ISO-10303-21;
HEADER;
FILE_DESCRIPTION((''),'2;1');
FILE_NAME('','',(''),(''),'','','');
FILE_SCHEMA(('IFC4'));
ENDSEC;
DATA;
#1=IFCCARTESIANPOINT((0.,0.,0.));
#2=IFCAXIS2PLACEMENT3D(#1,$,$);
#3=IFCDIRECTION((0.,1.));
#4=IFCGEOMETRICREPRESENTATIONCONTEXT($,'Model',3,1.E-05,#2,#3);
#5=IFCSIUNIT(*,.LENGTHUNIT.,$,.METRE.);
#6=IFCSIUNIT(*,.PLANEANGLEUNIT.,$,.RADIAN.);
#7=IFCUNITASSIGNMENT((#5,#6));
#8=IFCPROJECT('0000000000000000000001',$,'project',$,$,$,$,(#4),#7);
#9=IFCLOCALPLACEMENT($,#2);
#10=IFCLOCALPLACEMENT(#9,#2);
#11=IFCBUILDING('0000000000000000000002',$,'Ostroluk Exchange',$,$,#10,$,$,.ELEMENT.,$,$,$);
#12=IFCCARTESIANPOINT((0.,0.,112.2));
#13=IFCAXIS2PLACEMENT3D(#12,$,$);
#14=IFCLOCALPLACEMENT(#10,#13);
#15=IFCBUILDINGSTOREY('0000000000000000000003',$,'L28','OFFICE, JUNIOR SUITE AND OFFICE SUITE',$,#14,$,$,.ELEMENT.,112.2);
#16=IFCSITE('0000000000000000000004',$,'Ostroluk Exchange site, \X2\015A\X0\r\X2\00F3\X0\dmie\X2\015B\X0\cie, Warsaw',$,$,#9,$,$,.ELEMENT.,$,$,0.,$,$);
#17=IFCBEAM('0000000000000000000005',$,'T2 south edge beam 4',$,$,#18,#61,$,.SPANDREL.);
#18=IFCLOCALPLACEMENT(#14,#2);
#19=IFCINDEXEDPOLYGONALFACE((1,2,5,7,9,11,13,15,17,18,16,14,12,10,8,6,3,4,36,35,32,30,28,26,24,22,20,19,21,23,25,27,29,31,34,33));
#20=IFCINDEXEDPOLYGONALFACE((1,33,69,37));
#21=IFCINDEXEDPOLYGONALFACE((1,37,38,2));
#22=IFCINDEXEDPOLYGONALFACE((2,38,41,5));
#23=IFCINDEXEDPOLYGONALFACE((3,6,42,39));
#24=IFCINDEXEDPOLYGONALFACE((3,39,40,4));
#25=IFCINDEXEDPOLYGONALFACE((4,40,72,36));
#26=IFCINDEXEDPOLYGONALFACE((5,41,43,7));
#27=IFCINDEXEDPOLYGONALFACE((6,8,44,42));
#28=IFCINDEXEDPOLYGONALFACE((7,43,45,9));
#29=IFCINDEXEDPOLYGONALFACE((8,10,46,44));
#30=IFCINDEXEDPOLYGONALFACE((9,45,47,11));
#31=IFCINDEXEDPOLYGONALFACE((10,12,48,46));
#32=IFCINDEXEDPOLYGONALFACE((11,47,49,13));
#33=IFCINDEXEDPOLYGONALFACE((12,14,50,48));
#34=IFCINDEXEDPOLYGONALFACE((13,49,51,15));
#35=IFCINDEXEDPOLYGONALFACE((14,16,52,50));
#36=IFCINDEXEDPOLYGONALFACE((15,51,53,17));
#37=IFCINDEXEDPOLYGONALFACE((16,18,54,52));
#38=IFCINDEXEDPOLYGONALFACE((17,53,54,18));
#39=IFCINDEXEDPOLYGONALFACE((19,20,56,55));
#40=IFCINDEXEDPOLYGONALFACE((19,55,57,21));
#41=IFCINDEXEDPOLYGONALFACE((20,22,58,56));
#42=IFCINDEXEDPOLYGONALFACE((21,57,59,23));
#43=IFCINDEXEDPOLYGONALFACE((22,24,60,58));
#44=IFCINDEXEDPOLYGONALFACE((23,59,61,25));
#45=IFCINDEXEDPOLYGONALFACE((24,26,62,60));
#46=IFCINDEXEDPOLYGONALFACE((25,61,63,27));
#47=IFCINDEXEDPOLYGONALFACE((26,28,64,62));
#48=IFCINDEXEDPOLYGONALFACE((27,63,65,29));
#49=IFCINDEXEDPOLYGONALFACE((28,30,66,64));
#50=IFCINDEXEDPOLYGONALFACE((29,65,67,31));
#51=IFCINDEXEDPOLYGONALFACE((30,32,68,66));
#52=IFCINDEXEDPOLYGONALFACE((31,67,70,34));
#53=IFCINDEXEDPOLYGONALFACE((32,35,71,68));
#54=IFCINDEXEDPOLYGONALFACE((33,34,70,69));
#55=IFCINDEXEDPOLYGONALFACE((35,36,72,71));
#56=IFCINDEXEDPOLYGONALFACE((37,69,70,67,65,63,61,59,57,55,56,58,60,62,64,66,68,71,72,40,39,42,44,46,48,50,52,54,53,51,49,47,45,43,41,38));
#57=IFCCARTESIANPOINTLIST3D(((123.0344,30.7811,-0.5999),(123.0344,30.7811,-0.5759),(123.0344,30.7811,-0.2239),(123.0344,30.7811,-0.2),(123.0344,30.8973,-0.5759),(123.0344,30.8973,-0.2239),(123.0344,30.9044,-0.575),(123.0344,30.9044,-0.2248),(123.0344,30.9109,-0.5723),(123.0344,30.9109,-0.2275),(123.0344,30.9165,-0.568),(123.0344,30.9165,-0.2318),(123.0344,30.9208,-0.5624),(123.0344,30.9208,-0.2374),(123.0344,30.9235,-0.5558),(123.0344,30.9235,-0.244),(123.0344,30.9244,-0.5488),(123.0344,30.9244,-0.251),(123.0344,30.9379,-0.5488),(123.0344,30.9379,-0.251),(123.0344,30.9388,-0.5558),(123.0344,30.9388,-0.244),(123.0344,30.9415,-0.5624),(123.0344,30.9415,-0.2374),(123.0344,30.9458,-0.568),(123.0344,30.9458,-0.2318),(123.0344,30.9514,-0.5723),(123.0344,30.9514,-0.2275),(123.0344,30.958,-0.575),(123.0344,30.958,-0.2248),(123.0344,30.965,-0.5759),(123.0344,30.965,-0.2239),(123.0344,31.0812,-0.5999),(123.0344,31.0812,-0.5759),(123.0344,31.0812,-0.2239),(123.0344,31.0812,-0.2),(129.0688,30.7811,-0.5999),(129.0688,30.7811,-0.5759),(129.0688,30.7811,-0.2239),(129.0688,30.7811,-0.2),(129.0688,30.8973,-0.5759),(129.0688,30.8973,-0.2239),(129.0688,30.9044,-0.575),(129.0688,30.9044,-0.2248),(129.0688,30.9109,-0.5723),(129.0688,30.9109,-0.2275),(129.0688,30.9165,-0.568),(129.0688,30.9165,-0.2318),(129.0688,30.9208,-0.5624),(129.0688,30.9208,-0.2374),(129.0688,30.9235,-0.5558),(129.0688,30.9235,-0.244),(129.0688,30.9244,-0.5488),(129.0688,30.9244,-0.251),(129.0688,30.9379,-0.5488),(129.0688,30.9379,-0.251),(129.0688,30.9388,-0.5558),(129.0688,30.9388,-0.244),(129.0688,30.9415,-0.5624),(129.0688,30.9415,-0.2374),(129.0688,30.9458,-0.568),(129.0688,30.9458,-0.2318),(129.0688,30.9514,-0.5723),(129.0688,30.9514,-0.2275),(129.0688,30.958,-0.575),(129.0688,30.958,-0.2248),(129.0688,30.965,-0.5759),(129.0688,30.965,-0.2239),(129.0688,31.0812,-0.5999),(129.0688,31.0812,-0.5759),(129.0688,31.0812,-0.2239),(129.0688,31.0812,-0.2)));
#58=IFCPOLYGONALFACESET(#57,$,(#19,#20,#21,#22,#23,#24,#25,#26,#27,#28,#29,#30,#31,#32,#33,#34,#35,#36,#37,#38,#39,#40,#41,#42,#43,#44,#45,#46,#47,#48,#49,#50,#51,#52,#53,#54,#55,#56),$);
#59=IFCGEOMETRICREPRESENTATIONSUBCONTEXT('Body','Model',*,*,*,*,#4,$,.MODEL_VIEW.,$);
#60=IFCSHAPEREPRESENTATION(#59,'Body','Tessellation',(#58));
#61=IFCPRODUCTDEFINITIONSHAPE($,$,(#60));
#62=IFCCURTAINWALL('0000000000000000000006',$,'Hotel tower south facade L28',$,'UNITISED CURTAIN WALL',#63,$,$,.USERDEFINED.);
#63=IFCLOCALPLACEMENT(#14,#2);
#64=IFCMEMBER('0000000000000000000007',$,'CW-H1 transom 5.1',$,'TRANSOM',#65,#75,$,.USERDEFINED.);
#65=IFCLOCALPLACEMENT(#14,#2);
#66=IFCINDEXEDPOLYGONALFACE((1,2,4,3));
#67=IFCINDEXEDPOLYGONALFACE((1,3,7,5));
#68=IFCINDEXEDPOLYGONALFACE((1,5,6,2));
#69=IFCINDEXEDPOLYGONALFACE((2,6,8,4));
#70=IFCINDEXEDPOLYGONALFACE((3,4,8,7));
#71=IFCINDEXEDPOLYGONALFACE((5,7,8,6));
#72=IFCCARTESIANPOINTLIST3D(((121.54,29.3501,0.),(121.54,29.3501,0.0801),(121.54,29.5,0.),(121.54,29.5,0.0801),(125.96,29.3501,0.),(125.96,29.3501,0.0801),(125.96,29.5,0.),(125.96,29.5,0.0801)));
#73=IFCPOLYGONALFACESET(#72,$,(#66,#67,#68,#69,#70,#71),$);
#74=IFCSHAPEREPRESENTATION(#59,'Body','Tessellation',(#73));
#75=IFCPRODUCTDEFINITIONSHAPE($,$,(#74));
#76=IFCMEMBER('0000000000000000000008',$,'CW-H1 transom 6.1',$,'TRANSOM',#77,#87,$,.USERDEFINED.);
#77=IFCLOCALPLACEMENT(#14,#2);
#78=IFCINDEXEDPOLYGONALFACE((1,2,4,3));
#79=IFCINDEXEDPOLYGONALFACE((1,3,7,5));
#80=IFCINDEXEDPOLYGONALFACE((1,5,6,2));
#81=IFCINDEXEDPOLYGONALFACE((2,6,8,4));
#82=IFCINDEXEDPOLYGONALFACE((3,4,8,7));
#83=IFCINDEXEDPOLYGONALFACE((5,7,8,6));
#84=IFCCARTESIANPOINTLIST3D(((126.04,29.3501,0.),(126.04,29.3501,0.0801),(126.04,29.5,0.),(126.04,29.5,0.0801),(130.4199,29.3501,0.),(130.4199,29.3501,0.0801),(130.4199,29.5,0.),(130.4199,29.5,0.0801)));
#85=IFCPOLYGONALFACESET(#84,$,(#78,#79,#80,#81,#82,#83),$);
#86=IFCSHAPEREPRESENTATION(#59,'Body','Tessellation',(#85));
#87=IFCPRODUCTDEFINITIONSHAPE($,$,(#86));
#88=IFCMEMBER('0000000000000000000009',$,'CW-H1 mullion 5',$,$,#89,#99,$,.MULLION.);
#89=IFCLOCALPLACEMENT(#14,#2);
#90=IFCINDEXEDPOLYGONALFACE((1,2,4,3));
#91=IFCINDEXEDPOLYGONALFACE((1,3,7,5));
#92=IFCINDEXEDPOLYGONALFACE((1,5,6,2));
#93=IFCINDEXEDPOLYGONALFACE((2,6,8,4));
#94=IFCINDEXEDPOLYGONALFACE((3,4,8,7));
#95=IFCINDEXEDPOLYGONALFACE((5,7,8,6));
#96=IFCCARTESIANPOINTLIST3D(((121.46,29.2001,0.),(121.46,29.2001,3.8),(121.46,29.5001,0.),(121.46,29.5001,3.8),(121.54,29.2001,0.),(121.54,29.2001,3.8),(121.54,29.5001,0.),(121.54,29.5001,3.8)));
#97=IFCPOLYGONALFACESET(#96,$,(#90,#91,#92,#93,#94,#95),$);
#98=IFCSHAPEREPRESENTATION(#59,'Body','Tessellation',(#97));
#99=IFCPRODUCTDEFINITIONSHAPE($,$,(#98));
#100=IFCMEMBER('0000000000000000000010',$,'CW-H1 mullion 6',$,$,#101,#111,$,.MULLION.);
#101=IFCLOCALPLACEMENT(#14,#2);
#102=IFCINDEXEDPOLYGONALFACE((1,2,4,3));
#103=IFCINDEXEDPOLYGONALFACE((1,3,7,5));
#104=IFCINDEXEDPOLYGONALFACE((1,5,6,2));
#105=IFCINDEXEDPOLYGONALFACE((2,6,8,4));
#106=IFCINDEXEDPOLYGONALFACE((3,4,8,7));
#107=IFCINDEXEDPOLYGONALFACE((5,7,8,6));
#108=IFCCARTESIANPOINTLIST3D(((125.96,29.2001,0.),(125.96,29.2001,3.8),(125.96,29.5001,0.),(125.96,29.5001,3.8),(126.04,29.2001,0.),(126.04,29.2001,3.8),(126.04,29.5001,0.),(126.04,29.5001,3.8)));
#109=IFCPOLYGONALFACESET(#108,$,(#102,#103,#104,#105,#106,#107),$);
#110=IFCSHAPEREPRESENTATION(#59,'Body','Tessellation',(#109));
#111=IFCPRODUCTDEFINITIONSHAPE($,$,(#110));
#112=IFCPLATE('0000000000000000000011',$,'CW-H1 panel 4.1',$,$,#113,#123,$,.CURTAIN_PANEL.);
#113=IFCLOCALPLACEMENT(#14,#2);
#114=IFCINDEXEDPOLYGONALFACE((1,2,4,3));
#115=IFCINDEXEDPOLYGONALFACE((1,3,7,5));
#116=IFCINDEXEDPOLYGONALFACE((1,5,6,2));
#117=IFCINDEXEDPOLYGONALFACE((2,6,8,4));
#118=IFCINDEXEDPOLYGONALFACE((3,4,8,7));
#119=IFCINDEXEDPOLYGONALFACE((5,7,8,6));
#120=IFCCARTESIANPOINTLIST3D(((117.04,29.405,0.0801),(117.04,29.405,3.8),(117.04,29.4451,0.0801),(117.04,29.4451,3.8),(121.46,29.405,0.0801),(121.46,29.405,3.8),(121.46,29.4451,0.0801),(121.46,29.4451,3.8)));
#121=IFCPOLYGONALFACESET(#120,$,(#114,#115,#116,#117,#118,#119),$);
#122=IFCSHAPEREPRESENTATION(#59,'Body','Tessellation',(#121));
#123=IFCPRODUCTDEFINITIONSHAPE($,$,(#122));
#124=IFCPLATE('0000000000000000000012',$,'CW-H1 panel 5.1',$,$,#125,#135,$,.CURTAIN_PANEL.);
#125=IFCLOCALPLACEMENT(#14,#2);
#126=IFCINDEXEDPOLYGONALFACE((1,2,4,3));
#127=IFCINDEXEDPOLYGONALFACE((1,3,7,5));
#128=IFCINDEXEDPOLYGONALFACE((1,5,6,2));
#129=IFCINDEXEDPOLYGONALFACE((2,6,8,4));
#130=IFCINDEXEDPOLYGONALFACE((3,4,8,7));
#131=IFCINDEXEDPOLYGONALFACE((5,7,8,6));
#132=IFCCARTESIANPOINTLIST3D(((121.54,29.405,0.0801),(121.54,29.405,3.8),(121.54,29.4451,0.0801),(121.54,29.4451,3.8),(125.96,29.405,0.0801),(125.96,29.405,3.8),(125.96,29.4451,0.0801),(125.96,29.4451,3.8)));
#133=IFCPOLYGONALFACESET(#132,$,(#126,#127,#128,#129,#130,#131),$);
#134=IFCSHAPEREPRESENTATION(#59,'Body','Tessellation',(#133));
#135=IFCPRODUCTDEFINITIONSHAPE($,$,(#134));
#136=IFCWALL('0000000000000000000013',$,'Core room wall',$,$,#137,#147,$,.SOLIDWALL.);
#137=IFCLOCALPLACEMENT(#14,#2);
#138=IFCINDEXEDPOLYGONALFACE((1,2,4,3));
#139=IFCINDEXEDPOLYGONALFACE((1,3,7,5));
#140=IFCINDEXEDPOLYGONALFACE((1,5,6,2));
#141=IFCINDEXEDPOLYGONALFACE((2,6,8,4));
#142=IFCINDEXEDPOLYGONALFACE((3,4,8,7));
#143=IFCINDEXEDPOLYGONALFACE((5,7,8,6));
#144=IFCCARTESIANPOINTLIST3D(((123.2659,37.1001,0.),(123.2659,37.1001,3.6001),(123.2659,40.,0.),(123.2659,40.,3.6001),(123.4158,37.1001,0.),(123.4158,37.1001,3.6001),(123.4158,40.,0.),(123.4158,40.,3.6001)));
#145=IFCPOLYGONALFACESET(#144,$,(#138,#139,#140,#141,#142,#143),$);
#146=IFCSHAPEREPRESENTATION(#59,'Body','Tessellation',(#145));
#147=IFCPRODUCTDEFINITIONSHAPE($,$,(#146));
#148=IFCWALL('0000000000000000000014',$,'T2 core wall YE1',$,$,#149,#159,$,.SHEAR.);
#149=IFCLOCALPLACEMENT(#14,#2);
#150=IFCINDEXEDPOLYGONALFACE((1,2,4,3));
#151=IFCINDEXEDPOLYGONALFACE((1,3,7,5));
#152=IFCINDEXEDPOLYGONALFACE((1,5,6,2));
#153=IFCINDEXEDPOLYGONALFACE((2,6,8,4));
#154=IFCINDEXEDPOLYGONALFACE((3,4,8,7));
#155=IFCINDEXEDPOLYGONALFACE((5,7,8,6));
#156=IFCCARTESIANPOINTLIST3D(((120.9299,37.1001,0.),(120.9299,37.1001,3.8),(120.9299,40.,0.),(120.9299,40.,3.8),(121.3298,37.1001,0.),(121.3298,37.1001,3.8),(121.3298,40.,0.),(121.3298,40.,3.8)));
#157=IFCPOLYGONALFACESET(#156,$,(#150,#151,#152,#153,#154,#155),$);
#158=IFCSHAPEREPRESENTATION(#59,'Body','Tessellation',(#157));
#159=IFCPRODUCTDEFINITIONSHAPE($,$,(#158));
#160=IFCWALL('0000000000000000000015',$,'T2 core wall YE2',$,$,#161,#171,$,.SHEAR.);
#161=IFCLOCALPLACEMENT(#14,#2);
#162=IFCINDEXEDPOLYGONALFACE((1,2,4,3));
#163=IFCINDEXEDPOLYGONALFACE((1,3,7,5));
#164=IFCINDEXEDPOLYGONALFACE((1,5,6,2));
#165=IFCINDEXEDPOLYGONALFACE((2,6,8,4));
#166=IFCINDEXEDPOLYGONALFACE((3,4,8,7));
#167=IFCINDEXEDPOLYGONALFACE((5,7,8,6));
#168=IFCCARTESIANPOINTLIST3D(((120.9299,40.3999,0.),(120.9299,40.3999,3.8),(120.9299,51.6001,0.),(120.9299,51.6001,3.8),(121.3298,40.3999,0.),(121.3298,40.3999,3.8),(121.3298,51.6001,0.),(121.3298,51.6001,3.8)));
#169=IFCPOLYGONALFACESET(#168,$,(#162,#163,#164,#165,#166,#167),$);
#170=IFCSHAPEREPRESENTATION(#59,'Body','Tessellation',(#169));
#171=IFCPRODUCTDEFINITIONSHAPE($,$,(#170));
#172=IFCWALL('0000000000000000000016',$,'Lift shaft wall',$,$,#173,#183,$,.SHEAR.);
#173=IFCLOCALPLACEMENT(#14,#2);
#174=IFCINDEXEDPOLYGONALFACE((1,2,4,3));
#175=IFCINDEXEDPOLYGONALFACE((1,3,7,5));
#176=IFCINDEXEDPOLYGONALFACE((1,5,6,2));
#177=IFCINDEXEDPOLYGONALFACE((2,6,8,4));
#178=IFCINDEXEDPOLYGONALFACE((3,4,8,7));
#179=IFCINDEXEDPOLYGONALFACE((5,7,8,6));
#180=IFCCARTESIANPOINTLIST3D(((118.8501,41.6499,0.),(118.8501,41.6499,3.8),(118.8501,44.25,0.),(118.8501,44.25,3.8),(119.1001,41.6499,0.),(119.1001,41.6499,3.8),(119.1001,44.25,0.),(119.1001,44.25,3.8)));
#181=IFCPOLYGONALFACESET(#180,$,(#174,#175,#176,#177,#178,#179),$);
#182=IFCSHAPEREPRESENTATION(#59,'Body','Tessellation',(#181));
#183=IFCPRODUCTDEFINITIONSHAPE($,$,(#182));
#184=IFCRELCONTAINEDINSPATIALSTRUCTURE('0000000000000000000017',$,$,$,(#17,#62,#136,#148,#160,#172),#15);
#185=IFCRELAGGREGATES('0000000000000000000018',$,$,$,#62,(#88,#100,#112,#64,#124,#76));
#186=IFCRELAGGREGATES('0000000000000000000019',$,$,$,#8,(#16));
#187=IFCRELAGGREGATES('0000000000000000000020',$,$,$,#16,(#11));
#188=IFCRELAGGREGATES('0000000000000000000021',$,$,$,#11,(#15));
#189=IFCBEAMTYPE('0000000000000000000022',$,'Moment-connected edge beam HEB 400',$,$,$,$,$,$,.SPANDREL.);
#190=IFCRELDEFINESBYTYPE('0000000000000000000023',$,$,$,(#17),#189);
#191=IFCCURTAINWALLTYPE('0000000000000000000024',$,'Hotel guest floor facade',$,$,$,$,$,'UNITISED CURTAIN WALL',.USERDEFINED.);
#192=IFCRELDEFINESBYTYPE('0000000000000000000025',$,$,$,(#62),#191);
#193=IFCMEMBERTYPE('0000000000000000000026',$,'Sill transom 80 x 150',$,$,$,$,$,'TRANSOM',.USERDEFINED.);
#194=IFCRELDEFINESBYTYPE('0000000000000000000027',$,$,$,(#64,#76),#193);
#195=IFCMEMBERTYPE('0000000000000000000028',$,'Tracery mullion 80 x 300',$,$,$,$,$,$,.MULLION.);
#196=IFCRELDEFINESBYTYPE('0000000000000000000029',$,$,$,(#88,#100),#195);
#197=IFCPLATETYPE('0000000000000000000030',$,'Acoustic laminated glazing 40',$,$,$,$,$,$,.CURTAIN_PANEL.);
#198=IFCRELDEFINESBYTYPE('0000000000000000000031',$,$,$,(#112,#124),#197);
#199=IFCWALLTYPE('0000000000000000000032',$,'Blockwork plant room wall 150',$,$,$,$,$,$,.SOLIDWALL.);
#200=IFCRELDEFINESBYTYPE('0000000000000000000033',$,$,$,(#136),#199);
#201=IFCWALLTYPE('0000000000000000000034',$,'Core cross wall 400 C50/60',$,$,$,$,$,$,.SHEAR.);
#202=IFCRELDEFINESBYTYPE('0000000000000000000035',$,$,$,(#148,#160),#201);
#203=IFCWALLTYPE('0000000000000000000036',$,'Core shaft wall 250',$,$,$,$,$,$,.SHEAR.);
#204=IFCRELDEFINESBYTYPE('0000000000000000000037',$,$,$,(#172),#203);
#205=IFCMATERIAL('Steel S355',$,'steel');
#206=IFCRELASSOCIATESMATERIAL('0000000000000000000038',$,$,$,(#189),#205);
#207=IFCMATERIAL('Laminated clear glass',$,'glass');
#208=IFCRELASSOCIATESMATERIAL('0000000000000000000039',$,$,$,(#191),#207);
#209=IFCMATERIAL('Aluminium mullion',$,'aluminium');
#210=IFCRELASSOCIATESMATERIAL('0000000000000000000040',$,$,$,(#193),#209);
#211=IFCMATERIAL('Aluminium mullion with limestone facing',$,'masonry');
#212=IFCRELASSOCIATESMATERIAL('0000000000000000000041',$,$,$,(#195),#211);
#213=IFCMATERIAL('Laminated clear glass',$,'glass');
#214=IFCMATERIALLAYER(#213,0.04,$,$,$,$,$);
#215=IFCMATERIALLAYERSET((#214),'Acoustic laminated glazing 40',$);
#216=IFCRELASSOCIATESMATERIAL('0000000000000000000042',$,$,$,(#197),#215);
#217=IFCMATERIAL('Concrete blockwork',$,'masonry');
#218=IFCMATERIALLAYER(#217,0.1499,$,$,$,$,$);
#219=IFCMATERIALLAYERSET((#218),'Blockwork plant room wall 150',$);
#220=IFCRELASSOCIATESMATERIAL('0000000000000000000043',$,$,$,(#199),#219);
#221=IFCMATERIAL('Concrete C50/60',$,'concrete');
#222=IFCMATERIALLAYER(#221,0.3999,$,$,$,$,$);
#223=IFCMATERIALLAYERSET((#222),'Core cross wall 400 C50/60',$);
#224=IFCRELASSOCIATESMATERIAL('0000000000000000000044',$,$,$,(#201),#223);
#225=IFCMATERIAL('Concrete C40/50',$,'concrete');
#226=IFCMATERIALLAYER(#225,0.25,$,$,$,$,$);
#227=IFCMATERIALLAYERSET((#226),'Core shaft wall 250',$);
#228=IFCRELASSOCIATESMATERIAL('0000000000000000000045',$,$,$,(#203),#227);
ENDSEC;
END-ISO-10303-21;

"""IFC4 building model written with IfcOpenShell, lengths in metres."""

from ifc_helpers import new_model, si_unit, direction, frame, frame_2d, origin, origin_2d, place, context, subcontext, project, spatial, rectangle, i_section, extrude, material, layer, layer_set, material_profile, profile_set, type_object, element, aggregate, save


model = new_model("IFC4")

# Units and contexts
model_context = context("Model", 3, precision=1e-05, world=origin(), true_north=direction((0.0, 1.0)))
body_context = subcontext(model_context, "Body", "Model", "MODEL_VIEW")
ifc_project = project(units=[si_unit("LENGTHUNIT", "METRE"), si_unit("PLANEANGLEUNIT", "RADIAN")], contexts=[model_context])

# Site, building, storey
site_placement = place(None, origin())
site = spatial("IfcSite", under=ifc_project, at=site_placement, Name="Ostroluk Exchange site, Śródmieście, Warsaw", CompositionType="ELEMENT", RefElevation=0.0)
building_placement = place(site_placement, origin())
building = spatial("IfcBuilding", under=site, at=building_placement, Name="Ostroluk Exchange", CompositionType="ELEMENT")
storey_placement = place(building_placement, frame((0.0, 0.0, 112.2)))
storey = spatial("IfcBuildingStorey", under=building, at=storey_placement, Name="L28", Description="OFFICE, JUNIOR SUITE AND OFFICE SUITE", CompositionType="ELEMENT", Elevation=112.2)

# Beam
ifc_material_1 = material(Name="Steel S355", Category="steel")
ifc_material_profile_1 = material_profile(ifc_material_1, i_section(OverallWidth=0.3, OverallDepth=0.3999, WebThickness=0.0134, FlangeThickness=0.0239, FilletRadius=0.0271, at=origin_2d()), Name="HEB 400")
ifc_profile_set_1 = profile_set([ifc_material_profile_1], Name="Steel S355")
beam_type_1 = type_object("IfcBeamType", Name="Moment-connected edge beam HEB 400", PredefinedType="SPANDREL", material=ifc_profile_set_1)
beam_placement = place(storey_placement, frame((123.0344, 30.9312, -0.3999), z_axis=(1.0, 0.0, 0.0), x_axis=(0.0, 1.0, 0.0)))
element("IfcBeam", 1, at=beam_placement, inside=storey, type_object=beam_type_1, Name="T2 south edge beam 4", PredefinedType="SPANDREL", context=body_context, shape_type="SweptSolid", body=[
    extrude(i_section(OverallWidth=0.3, OverallDepth=0.3999, WebThickness=0.0134, FlangeThickness=0.0239, FilletRadius=0.0271, at=origin_2d()), origin(), (0.0, 0.0, 1.0), 6.0344),
])

# Curtain wall, members, plates
ifc_material_2 = material(Name="Laminated clear glass", Category="glass")
curtain_wall_type = type_object("IfcCurtainWallType", Name="Hotel guest floor facade", ElementType="UNITISED CURTAIN WALL", PredefinedType="USERDEFINED", material=ifc_material_2)
curtain_wall_placement = place(storey_placement, origin())
curtain_wall = element("IfcCurtainWall", 2, at=curtain_wall_placement, inside=storey, type_object=curtain_wall_type, Name="Hotel tower south facade L28", ObjectType="UNITISED CURTAIN WALL", PredefinedType="USERDEFINED")
ifc_material_3 = material(Name="Aluminium mullion", Category="aluminium")
ifc_material_profile_2 = material_profile(ifc_material_3, rectangle(XDim=0.1499, YDim=0.0801, at=origin_2d()), Name="Sill transom 80 x 150")
ifc_profile_set_2 = profile_set([ifc_material_profile_2], Name="Aluminium mullion")
member_type_1 = type_object("IfcMemberType", Name="Sill transom 80 x 150", ElementType="TRANSOM", PredefinedType="USERDEFINED", material=ifc_profile_set_2)
member_1_placement = place(storey_placement, frame((121.54, 29.425, 0.04), z_axis=(1.0, 0.0, 0.0), x_axis=(0.0, 1.0, 0.0)))
member_1 = element("IfcMember", 3, at=member_1_placement, type_object=member_type_1, Name="CW-H1 transom 5.1", ObjectType="TRANSOM", PredefinedType="USERDEFINED", context=body_context, shape_type="SweptSolid", body=[
    extrude(rectangle(XDim=0.1499, YDim=0.0801, at=origin_2d()), origin(), (0.0, 0.0, 1.0), 4.4199),
])
member_2_placement = place(storey_placement, frame((126.04, 29.425, 0.04), z_axis=(1.0, 0.0, 0.0), x_axis=(0.0, 1.0, 0.0)))
member_2 = element("IfcMember", 4, at=member_2_placement, type_object=member_type_1, Name="CW-H1 transom 6.1", ObjectType="TRANSOM", PredefinedType="USERDEFINED", context=body_context, shape_type="SweptSolid", body=[
    extrude(rectangle(XDim=0.1499, YDim=0.0801, at=origin_2d()), origin(), (0.0, 0.0, 1.0), 4.3799),
])
ifc_material_4 = material(Name="Aluminium mullion with limestone facing", Category="masonry")
ifc_material_profile_3 = material_profile(ifc_material_4, rectangle(XDim=0.3, YDim=0.0801, at=origin_2d()), Name="Tracery mullion 80 x 300")
ifc_profile_set_3 = profile_set([ifc_material_profile_3], Name="Aluminium mullion with limestone facing")
member_type_2 = type_object("IfcMemberType", Name="Tracery mullion 80 x 300", PredefinedType="MULLION", material=ifc_profile_set_3)
member_3_placement = place(storey_placement, frame((121.5, 29.3501, 0.0), z_axis=(0.0, 0.0, 1.0), x_axis=(0.0, 1.0, 0.0)))
member_3 = element("IfcMember", 5, at=member_3_placement, type_object=member_type_2, Name="CW-H1 mullion 5", PredefinedType="MULLION", context=body_context, shape_type="SweptSolid", body=[
    extrude(rectangle(XDim=0.3, YDim=0.0801, at=origin_2d()), origin(), (0.0, 0.0, 1.0), 3.8),
])
member_4_placement = place(storey_placement, frame((126.0, 29.3501, 0.0), z_axis=(0.0, 0.0, 1.0), x_axis=(0.0, 1.0, 0.0)))
member_4 = element("IfcMember", 6, at=member_4_placement, type_object=member_type_2, Name="CW-H1 mullion 6", PredefinedType="MULLION", context=body_context, shape_type="SweptSolid", body=[
    extrude(rectangle(XDim=0.3, YDim=0.0801, at=origin_2d()), origin(), (0.0, 0.0, 1.0), 3.8),
])
ifc_material_5 = material(Name="Laminated clear glass", Category="glass")
ifc_layer_1 = layer(ifc_material_5, 0.04)
ifc_layer_set_1 = layer_set([ifc_layer_1], Name="Acoustic laminated glazing 40")
plate_type = type_object("IfcPlateType", Name="Acoustic laminated glazing 40", PredefinedType="CURTAIN_PANEL", material=ifc_layer_set_1)
plate_1_placement = place(storey_placement, frame((119.25, 29.425, 0.0801), z_axis=(0.0, 0.0, 1.0), x_axis=(1.0, 0.0, 0.0)))
plate_1 = element("IfcPlate", 7, at=plate_1_placement, type_object=plate_type, Name="CW-H1 panel 4.1", PredefinedType="CURTAIN_PANEL", context=body_context, shape_type="SweptSolid", body=[
    extrude(rectangle(XDim=4.4199, YDim=0.04, at=origin_2d()), origin(), (0.0, 0.0, 1.0), 3.72),
])
plate_2_placement = place(storey_placement, frame((123.75, 29.425, 0.0801), z_axis=(0.0, 0.0, 1.0), x_axis=(1.0, 0.0, 0.0)))
plate_2 = element("IfcPlate", 8, at=plate_2_placement, type_object=plate_type, Name="CW-H1 panel 5.1", PredefinedType="CURTAIN_PANEL", context=body_context, shape_type="SweptSolid", body=[
    extrude(rectangle(XDim=4.4199, YDim=0.04, at=origin_2d()), origin(), (0.0, 0.0, 1.0), 3.72),
])
aggregate(curtain_wall, [member_3, member_4, plate_1, member_1, plate_2, member_2])

# Walls
ifc_material_6 = material(Name="Concrete blockwork", Category="masonry")
ifc_layer_2 = layer(ifc_material_6, 0.1499)
ifc_layer_set_2 = layer_set([ifc_layer_2], Name="Blockwork plant room wall 150")
wall_type_1 = type_object("IfcWallType", Name="Blockwork plant room wall 150", PredefinedType="SOLIDWALL", material=ifc_layer_set_2)
wall_1_placement = place(storey_placement, frame((123.3408, 37.1001, 0.0), z_axis=(0.0, 0.0, 1.0), x_axis=(0.0, 1.0, 0.0)))
element("IfcWall", 9, at=wall_1_placement, inside=storey, type_object=wall_type_1, Name="Core room wall", PredefinedType="SOLIDWALL", context=body_context, shape_type="SweptSolid", body=[
    extrude(rectangle(XDim=2.8999, YDim=0.1499, at=frame_2d((1.45, 0.0))), origin(), (0.0, 0.0, 1.0), 3.6001),
])
ifc_material_7 = material(Name="Concrete C50/60", Category="concrete")
ifc_layer_3 = layer(ifc_material_7, 0.3999)
ifc_layer_set_3 = layer_set([ifc_layer_3], Name="Core cross wall 400 C50/60")
wall_type_2 = type_object("IfcWallType", Name="Core cross wall 400 C50/60", PredefinedType="SHEAR", material=ifc_layer_set_3)
wall_2_placement = place(storey_placement, frame((121.1299, 37.1001, 0.0), z_axis=(0.0, 0.0, 1.0), x_axis=(0.0, 1.0, 0.0)))
element("IfcWall", 10, at=wall_2_placement, inside=storey, type_object=wall_type_2, Name="T2 core wall YE1", PredefinedType="SHEAR", context=body_context, shape_type="SweptSolid", body=[
    extrude(rectangle(XDim=2.8999, YDim=0.3999, at=frame_2d((1.45, 0.0))), origin(), (0.0, 0.0, 1.0), 3.8),
])
wall_3_placement = place(storey_placement, frame((121.1299, 40.3999, 0.0), z_axis=(0.0, 0.0, 1.0), x_axis=(0.0, 1.0, 0.0)))
element("IfcWall", 11, at=wall_3_placement, inside=storey, type_object=wall_type_2, Name="T2 core wall YE2", PredefinedType="SHEAR", context=body_context, shape_type="SweptSolid", body=[
    extrude(rectangle(XDim=11.2002, YDim=0.3999, at=frame_2d((5.6001, 0.0))), origin(), (0.0, 0.0, 1.0), 3.8),
])
ifc_material_8 = material(Name="Concrete C40/50", Category="concrete")
ifc_layer_4 = layer(ifc_material_8, 0.25)
ifc_layer_set_4 = layer_set([ifc_layer_4], Name="Core shaft wall 250")
wall_type_3 = type_object("IfcWallType", Name="Core shaft wall 250", PredefinedType="SHEAR", material=ifc_layer_set_4)
wall_4_placement = place(storey_placement, frame((118.9751, 44.25, 0.0), z_axis=(0.0, 0.0, 1.0), x_axis=(0.0, -1.0, 0.0)))
element("IfcWall", 12, at=wall_4_placement, inside=storey, type_object=wall_type_3, Name="Lift shaft wall", PredefinedType="SHEAR", context=body_context, shape_type="SweptSolid", body=[
    extrude(rectangle(XDim=2.6001, YDim=0.25, at=frame_2d((1.3, 0.0))), origin(), (0.0, 0.0, 1.0), 3.8),
])

save(model, "model.ifc")
